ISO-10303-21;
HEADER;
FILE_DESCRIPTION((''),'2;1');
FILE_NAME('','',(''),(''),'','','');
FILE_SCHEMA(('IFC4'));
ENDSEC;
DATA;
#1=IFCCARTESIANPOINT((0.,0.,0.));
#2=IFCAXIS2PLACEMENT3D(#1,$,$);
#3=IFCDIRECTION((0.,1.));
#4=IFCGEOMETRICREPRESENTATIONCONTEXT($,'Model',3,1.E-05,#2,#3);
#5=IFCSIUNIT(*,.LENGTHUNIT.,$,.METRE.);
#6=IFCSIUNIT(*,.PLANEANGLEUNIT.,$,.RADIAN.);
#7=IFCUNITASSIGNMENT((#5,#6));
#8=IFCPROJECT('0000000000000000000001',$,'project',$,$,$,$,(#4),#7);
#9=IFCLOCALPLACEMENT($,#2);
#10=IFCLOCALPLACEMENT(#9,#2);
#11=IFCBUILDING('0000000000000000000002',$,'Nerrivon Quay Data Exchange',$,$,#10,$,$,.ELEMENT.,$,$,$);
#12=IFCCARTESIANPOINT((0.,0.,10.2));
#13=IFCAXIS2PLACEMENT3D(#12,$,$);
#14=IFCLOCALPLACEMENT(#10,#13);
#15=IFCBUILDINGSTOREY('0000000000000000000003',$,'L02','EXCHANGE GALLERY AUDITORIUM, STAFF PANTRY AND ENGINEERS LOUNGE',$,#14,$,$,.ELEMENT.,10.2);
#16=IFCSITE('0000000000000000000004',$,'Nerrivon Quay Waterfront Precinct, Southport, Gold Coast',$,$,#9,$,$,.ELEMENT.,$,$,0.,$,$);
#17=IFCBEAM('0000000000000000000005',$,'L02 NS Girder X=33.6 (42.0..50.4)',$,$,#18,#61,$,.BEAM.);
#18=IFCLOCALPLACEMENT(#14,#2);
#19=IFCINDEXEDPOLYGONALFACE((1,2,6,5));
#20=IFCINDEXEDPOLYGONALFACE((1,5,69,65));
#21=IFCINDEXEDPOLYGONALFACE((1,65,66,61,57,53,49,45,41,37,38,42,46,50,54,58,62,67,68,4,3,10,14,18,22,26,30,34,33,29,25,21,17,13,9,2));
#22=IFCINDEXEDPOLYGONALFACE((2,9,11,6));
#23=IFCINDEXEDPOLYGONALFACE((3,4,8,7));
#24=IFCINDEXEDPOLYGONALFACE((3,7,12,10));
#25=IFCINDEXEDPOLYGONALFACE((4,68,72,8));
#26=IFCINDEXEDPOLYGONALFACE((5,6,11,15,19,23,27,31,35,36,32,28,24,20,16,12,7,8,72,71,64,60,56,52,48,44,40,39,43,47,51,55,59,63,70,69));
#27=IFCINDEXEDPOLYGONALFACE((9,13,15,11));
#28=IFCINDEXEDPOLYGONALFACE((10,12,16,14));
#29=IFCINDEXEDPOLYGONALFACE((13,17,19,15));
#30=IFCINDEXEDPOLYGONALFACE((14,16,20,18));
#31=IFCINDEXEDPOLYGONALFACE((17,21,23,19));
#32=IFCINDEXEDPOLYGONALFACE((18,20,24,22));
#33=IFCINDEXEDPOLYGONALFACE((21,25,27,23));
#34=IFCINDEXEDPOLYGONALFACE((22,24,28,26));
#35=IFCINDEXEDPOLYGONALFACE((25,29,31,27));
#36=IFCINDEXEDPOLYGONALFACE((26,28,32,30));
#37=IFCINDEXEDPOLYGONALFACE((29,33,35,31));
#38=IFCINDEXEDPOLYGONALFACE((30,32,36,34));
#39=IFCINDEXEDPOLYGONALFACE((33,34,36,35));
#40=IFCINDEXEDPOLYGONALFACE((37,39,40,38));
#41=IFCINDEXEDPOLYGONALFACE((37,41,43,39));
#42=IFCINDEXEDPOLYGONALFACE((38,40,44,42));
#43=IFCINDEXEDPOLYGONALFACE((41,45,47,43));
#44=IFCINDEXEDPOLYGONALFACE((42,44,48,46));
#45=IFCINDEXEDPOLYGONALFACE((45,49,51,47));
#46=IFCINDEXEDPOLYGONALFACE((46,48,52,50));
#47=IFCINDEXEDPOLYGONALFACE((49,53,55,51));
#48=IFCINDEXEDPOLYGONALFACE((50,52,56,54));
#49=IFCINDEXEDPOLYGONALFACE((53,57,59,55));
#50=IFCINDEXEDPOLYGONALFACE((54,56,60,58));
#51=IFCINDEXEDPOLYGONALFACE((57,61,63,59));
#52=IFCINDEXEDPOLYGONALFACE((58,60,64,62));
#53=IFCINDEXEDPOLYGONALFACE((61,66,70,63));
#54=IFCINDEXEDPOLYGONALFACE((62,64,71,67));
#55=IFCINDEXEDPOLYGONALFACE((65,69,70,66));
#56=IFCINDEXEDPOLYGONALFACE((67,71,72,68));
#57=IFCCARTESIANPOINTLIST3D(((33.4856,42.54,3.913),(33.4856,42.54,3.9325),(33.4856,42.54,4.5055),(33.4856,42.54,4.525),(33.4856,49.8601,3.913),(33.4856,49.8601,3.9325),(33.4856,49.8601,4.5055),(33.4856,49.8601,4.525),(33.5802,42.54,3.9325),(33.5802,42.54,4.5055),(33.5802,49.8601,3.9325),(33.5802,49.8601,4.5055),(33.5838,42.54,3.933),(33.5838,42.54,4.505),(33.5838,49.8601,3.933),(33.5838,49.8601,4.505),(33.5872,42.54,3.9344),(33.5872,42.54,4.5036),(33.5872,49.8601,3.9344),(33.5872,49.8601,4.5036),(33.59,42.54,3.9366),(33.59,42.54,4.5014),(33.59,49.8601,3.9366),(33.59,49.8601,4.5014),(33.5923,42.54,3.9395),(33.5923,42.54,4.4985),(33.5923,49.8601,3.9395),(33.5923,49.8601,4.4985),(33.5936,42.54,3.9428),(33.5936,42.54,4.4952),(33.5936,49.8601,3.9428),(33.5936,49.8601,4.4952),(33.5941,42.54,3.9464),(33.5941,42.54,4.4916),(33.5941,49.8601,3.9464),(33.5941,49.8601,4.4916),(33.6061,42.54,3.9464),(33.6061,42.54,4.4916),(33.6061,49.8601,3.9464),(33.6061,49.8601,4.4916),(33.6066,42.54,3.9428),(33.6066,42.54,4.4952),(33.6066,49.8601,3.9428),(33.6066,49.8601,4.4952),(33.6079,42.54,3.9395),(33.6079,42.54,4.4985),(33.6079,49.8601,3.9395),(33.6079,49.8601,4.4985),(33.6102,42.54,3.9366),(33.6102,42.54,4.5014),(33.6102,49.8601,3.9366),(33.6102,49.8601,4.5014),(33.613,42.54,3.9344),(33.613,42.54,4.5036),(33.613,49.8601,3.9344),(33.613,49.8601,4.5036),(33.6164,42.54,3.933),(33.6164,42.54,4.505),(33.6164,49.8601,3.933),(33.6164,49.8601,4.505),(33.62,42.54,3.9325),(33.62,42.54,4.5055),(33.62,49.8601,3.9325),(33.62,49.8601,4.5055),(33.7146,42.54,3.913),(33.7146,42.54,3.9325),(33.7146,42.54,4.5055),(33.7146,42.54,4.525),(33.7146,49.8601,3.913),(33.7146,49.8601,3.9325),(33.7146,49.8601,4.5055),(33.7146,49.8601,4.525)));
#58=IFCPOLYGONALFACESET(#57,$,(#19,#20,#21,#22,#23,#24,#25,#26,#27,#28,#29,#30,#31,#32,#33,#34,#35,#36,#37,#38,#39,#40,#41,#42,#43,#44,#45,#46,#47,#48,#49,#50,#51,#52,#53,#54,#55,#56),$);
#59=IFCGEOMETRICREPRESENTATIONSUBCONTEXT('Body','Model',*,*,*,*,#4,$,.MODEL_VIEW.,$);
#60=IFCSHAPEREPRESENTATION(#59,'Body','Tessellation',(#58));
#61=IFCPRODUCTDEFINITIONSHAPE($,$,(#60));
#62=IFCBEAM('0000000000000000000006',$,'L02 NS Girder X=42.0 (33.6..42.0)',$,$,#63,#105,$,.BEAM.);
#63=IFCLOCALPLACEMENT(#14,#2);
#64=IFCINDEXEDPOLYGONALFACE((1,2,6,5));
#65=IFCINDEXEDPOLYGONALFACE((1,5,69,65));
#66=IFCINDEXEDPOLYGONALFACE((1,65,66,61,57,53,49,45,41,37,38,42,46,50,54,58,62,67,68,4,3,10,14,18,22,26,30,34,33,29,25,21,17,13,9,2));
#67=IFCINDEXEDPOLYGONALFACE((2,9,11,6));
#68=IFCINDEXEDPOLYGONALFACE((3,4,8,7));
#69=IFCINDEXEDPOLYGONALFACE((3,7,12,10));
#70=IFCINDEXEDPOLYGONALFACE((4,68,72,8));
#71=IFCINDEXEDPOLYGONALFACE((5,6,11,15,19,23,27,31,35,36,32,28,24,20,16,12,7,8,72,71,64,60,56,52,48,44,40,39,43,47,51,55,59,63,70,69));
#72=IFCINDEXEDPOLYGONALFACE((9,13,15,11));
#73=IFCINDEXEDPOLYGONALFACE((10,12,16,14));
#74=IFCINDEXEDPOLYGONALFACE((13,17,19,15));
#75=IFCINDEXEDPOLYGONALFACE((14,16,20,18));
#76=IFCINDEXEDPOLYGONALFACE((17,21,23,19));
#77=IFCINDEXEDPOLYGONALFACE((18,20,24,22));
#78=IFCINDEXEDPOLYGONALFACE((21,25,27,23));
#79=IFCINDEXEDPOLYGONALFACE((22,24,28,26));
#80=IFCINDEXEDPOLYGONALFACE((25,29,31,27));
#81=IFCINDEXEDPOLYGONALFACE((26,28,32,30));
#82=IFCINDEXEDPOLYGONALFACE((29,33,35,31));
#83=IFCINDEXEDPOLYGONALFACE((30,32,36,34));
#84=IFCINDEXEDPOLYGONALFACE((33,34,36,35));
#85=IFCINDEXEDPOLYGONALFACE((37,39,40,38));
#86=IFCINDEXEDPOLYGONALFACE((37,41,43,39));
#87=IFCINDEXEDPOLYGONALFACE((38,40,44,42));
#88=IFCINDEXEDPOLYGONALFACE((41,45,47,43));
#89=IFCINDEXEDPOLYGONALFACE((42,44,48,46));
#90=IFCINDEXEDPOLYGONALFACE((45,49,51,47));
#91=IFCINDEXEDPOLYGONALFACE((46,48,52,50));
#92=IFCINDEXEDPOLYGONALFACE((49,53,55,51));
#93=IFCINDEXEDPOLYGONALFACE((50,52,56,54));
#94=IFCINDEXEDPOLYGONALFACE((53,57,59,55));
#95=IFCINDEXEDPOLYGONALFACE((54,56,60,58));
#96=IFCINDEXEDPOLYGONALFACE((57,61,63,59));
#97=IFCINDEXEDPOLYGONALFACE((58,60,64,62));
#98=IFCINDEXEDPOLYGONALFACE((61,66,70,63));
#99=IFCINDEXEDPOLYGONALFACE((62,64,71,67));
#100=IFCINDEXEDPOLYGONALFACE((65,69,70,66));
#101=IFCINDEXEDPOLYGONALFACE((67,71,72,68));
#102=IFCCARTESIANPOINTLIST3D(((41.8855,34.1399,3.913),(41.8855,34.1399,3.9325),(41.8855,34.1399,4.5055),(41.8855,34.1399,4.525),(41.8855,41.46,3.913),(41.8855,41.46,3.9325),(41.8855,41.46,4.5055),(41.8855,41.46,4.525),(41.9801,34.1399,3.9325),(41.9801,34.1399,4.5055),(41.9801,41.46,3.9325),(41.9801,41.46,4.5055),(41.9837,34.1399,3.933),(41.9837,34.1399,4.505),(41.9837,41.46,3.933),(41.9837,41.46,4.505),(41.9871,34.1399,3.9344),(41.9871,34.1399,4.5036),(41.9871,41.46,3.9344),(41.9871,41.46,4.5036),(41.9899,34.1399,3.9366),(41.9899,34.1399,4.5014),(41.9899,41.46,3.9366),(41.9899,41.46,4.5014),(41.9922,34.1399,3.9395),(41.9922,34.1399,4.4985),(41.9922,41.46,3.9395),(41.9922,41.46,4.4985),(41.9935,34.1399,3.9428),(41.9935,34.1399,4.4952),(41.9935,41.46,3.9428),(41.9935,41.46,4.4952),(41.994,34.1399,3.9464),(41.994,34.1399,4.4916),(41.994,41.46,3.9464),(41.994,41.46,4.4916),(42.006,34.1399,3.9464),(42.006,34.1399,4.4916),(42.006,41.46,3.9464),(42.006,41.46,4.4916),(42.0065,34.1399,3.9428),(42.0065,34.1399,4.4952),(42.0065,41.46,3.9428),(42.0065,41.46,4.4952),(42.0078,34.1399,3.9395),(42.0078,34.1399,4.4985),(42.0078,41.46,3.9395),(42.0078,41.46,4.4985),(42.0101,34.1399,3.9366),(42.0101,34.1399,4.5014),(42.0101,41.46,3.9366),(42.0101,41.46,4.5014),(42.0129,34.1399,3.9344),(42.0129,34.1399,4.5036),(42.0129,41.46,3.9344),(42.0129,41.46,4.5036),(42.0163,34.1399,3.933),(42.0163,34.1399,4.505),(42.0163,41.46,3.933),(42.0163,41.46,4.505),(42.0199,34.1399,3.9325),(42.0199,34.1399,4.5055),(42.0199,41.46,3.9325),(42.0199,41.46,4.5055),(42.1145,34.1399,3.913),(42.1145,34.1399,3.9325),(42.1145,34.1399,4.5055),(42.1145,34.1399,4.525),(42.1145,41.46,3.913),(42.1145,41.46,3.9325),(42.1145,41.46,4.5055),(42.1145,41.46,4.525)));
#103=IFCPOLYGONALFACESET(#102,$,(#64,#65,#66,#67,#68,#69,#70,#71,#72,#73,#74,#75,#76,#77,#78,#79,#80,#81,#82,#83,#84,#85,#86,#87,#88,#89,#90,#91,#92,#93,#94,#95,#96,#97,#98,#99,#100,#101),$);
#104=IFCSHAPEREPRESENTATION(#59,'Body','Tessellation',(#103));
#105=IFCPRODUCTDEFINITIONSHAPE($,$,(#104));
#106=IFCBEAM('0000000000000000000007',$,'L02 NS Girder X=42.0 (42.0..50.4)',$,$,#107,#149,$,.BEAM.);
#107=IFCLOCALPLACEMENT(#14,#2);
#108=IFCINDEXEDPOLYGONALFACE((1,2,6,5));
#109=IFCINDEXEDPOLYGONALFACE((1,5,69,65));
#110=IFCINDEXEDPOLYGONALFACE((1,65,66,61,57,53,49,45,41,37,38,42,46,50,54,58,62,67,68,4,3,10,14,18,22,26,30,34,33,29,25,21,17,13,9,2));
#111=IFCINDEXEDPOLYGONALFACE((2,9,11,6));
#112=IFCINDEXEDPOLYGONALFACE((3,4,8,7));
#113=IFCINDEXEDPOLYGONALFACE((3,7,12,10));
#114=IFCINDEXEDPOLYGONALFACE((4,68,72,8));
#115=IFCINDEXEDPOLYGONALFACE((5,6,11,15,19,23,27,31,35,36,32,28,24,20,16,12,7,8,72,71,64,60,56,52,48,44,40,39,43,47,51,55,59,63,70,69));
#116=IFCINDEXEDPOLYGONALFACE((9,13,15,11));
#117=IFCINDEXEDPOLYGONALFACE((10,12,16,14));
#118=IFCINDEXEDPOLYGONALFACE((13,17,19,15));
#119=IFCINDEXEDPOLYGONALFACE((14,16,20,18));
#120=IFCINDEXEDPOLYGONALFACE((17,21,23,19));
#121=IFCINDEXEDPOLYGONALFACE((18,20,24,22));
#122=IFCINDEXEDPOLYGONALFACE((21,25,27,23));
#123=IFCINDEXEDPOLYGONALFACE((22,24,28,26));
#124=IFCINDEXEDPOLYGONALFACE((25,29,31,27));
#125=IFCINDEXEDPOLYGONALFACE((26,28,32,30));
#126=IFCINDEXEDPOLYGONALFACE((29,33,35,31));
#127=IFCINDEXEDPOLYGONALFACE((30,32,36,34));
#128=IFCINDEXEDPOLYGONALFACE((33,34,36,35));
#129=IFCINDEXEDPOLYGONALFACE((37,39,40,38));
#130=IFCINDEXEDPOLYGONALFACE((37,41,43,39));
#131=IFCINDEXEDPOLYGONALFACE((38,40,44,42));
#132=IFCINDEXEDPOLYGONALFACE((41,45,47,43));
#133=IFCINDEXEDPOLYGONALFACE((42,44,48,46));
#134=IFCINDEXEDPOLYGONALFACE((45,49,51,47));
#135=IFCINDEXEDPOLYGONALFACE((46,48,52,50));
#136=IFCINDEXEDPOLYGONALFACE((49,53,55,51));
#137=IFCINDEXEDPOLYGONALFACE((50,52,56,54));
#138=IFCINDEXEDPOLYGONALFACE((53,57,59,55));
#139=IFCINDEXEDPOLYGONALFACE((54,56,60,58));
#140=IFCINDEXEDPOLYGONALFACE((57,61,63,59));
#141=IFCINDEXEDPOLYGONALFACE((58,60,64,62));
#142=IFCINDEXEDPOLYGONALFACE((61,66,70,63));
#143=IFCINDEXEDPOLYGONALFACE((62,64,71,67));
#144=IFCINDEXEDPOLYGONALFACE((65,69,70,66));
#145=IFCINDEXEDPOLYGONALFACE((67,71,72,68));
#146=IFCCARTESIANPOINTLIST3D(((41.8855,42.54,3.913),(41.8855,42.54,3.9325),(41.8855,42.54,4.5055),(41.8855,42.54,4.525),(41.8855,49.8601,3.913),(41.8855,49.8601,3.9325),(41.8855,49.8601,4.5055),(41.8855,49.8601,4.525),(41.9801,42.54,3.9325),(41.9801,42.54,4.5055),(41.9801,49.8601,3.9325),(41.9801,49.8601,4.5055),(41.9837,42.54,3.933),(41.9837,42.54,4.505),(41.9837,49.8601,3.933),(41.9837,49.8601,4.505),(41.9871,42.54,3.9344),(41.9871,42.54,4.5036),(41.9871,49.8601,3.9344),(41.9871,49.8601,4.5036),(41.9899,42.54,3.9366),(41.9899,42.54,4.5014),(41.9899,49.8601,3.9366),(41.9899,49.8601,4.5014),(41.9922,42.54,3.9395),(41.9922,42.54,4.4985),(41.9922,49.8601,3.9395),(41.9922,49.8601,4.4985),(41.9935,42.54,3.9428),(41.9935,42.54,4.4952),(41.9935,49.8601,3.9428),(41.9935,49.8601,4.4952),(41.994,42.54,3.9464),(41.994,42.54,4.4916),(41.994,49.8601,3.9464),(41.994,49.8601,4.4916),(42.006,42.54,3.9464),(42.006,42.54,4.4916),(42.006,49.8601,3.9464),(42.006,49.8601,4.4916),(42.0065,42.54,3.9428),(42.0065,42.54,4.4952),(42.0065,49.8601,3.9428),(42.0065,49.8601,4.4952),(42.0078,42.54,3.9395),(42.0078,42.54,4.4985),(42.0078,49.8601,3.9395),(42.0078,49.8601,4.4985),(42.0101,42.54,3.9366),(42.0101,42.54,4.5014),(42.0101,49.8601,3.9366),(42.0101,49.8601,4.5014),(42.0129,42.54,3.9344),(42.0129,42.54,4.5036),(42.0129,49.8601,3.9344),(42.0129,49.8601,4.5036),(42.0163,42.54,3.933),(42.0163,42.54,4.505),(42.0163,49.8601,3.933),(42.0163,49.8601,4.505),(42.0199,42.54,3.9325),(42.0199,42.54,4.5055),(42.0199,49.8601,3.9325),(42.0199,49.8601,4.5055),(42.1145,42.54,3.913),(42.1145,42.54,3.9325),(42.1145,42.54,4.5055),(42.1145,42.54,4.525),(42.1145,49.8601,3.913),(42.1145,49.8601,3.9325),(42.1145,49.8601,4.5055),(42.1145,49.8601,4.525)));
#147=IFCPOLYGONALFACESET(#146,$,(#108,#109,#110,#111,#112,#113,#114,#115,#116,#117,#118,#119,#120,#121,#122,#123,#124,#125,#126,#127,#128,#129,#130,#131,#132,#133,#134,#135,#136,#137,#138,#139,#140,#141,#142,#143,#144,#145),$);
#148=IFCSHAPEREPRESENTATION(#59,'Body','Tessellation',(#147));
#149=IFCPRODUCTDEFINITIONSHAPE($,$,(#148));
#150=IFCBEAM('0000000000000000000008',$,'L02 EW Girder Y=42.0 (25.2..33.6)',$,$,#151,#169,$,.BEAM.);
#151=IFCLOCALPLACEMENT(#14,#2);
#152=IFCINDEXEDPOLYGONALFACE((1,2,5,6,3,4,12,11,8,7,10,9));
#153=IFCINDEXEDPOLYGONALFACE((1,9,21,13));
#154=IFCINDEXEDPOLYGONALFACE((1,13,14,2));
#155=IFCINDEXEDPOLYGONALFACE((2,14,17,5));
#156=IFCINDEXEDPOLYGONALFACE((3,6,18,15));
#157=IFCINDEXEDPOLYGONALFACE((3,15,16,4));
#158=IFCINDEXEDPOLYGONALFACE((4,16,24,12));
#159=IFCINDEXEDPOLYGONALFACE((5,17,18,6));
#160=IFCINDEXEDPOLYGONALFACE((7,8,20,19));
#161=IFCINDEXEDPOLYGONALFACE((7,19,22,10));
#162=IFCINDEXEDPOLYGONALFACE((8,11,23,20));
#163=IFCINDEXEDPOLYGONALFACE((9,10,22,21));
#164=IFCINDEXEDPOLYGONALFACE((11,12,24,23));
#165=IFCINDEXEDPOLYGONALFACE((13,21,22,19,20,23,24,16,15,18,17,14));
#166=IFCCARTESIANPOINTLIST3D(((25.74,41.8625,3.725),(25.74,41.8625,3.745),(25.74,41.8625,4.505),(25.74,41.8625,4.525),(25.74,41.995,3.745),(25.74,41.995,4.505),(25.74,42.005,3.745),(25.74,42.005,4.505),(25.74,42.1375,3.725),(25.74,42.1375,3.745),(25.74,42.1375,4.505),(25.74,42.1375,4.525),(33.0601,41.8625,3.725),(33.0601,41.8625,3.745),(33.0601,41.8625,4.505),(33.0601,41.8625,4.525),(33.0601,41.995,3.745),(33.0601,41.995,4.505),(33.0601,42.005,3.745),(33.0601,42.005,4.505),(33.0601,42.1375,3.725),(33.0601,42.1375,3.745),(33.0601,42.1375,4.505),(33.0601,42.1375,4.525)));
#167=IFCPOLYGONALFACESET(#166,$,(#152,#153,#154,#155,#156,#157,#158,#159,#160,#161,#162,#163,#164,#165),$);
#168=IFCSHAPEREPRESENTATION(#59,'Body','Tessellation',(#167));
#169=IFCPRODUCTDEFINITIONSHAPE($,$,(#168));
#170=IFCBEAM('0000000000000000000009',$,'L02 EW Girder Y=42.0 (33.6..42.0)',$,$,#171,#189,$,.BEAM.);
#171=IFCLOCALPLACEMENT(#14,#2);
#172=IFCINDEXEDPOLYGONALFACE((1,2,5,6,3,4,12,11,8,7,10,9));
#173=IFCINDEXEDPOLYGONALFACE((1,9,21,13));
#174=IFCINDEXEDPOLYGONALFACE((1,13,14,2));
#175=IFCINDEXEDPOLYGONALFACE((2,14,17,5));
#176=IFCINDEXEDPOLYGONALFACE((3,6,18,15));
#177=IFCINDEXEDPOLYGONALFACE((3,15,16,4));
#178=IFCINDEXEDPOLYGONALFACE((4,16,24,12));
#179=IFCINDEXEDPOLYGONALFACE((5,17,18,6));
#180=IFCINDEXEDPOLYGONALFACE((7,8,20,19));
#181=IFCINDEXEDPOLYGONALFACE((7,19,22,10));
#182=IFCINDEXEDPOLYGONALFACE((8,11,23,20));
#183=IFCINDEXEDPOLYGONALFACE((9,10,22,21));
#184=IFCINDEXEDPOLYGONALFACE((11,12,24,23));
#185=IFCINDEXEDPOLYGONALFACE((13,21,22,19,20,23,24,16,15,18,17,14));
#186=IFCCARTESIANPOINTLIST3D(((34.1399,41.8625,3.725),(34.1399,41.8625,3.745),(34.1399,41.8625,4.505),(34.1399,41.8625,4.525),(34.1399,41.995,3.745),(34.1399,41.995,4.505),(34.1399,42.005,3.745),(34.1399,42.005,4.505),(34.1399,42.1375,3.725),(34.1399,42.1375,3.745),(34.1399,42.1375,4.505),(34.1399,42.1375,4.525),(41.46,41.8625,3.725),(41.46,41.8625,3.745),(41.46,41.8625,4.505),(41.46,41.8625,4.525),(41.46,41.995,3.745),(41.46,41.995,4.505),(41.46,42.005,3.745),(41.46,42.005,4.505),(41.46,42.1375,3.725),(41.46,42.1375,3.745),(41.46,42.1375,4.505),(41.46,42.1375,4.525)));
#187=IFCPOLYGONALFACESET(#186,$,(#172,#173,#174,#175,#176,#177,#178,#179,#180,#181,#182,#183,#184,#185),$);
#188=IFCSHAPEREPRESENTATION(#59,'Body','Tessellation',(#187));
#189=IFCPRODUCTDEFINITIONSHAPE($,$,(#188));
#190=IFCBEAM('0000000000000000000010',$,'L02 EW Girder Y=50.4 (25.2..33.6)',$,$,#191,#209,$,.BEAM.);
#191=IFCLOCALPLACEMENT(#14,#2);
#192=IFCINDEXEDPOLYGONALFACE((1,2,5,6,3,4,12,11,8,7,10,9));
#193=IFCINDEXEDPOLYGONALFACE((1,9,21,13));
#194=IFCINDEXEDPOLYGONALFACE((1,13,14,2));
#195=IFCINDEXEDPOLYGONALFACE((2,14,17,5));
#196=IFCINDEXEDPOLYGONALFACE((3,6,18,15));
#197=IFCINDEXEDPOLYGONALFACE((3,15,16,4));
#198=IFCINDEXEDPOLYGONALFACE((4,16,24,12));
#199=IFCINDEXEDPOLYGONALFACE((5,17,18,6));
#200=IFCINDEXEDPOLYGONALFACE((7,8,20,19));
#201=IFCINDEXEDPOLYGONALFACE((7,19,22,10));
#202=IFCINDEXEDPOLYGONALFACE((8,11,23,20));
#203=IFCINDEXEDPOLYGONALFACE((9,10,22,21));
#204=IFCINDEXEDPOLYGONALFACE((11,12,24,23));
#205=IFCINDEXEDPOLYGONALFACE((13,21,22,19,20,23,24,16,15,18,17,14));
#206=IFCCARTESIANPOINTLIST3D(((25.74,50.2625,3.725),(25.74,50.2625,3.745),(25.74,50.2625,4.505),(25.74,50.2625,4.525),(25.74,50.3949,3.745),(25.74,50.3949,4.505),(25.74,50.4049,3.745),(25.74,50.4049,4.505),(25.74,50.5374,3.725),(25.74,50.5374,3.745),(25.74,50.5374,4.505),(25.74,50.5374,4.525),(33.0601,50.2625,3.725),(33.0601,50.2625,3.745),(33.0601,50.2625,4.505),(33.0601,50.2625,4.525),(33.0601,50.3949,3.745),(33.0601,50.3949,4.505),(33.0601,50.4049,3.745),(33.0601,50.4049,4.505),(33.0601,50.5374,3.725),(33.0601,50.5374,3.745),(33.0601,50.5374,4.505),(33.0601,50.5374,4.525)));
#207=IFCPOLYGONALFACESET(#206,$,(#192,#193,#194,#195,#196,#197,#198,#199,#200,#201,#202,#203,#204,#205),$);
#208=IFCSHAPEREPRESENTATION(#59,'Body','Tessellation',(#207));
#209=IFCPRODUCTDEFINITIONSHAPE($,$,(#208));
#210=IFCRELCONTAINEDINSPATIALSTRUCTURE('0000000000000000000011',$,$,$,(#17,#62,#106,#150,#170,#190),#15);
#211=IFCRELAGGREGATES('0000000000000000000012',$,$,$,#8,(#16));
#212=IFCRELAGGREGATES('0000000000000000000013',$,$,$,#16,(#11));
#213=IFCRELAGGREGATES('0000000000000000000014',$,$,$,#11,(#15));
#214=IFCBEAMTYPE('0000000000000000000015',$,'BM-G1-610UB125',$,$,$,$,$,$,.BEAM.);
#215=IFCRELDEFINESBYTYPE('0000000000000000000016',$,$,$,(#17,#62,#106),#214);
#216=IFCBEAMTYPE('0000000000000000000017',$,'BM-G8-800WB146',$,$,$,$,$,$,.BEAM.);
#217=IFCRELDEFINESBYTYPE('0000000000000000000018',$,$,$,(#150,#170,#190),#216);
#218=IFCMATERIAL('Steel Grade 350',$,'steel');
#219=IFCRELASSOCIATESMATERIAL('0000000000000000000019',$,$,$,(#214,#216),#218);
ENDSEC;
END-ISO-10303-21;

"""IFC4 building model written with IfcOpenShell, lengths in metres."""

from ifc_helpers import new_model, si_unit, direction, frame, origin, origin_2d, place, context, subcontext, project, spatial, i_section, extrude, material, material_profile, profile_set, type_object, element, save


model = new_model("IFC4")

# Units and contexts
model_context = context("Model", 3, precision=1e-05, world=origin(), true_north=direction((0.0, 1.0)))
body_context = subcontext(model_context, "Body", "Model", "MODEL_VIEW")
ifc_project = project(units=[si_unit("LENGTHUNIT", "METRE"), si_unit("PLANEANGLEUNIT", "RADIAN")], contexts=[model_context])

# Site, building, storey
site_placement = place(None, origin())
site = spatial("IfcSite", under=ifc_project, at=site_placement, Name="Nerrivon Quay Waterfront Precinct, Southport, Gold Coast", CompositionType="ELEMENT", RefElevation=0.0)
building_placement = place(site_placement, origin())
building = spatial("IfcBuilding", under=site, at=building_placement, Name="Nerrivon Quay Data Exchange", CompositionType="ELEMENT")
storey_placement = place(building_placement, frame((0.0, 0.0, 10.2)))
storey = spatial("IfcBuildingStorey", under=building, at=storey_placement, Name="L02", Description="EXCHANGE GALLERY AUDITORIUM, STAFF PANTRY AND ENGINEERS LOUNGE", CompositionType="ELEMENT", Elevation=10.2)

# Beams
ifc_material_1 = material(Name="Steel Grade 350", Category="steel")
ifc_material_profile_1 = material_profile(ifc_material_1, i_section(OverallWidth=0.229, OverallDepth=0.6121, WebThickness=0.012, FlangeThickness=0.0195, FilletRadius=0.0139, at=origin_2d()), Name="610UB125")
ifc_profile_set_1 = profile_set([ifc_material_profile_1], Name="Steel Grade 350")
beam_type_1 = type_object("IfcBeamType", Name="BM-G1-610UB125", PredefinedType="BEAM", material=ifc_profile_set_1)
for number, where, z_axis, x_axis, name in (
    (1, (33.6001, 42.54, 4.219), (0.0, 1.0, 0.0), (-1.0, 0.0, 0.0), "L02 NS Girder X=33.6 (42.0..50.4)"),
    (2, (42.0, 34.1399, 4.219), (0.0, 1.0, 0.0), (-1.0, 0.0, 0.0), "L02 NS Girder X=42.0 (33.6..42.0)"),
    (3, (42.0, 42.54, 4.219), (0.0, 1.0, 0.0), (-1.0, 0.0, 0.0), "L02 NS Girder X=42.0 (42.0..50.4)"),
):
    element("IfcBeam", number, at=place(storey_placement, frame(where, z_axis=z_axis, x_axis=x_axis)), inside=storey, type_object=beam_type_1, Name=name, PredefinedType="BEAM", context=body_context, shape_type="SweptSolid", body=[
        extrude(i_section(OverallWidth=0.229, OverallDepth=0.6121, WebThickness=0.012, FlangeThickness=0.0195, FilletRadius=0.0139, at=origin_2d()), origin(), (0.0, 0.0, 1.0), 7.3201),
    ])
ifc_material_profile_2 = material_profile(ifc_material_1, i_section(OverallWidth=0.2749, OverallDepth=0.8, WebThickness=0.01, FlangeThickness=0.02, at=origin_2d()), Name="800WB146")
ifc_profile_set_2 = profile_set([ifc_material_profile_2], Name="Steel Grade 350")
beam_type_2 = type_object("IfcBeamType", Name="BM-G8-800WB146", PredefinedType="BEAM", material=ifc_profile_set_2)
for number, where, z_axis, x_axis, name in (
    (4, (25.74, 42.0, 4.125), (1.0, 0.0, 0.0), (0.0, 1.0, 0.0), "L02 EW Girder Y=42.0 (25.2..33.6)"),
    (5, (34.1399, 42.0, 4.125), (1.0, 0.0, 0.0), (0.0, 1.0, 0.0), "L02 EW Girder Y=42.0 (33.6..42.0)"),
    (6, (25.74, 50.3999, 4.125), (1.0, 0.0, 0.0), (0.0, 1.0, 0.0), "L02 EW Girder Y=50.4 (25.2..33.6)"),
):
    element("IfcBeam", number, at=place(storey_placement, frame(where, z_axis=z_axis, x_axis=x_axis)), inside=storey, type_object=beam_type_2, Name=name, PredefinedType="BEAM", context=body_context, shape_type="SweptSolid", body=[
        extrude(i_section(OverallWidth=0.2749, OverallDepth=0.8, WebThickness=0.01, FlangeThickness=0.02, at=origin_2d()), origin(), (0.0, 0.0, 1.0), 7.3201),
    ])

save(model, "model.ifc")
